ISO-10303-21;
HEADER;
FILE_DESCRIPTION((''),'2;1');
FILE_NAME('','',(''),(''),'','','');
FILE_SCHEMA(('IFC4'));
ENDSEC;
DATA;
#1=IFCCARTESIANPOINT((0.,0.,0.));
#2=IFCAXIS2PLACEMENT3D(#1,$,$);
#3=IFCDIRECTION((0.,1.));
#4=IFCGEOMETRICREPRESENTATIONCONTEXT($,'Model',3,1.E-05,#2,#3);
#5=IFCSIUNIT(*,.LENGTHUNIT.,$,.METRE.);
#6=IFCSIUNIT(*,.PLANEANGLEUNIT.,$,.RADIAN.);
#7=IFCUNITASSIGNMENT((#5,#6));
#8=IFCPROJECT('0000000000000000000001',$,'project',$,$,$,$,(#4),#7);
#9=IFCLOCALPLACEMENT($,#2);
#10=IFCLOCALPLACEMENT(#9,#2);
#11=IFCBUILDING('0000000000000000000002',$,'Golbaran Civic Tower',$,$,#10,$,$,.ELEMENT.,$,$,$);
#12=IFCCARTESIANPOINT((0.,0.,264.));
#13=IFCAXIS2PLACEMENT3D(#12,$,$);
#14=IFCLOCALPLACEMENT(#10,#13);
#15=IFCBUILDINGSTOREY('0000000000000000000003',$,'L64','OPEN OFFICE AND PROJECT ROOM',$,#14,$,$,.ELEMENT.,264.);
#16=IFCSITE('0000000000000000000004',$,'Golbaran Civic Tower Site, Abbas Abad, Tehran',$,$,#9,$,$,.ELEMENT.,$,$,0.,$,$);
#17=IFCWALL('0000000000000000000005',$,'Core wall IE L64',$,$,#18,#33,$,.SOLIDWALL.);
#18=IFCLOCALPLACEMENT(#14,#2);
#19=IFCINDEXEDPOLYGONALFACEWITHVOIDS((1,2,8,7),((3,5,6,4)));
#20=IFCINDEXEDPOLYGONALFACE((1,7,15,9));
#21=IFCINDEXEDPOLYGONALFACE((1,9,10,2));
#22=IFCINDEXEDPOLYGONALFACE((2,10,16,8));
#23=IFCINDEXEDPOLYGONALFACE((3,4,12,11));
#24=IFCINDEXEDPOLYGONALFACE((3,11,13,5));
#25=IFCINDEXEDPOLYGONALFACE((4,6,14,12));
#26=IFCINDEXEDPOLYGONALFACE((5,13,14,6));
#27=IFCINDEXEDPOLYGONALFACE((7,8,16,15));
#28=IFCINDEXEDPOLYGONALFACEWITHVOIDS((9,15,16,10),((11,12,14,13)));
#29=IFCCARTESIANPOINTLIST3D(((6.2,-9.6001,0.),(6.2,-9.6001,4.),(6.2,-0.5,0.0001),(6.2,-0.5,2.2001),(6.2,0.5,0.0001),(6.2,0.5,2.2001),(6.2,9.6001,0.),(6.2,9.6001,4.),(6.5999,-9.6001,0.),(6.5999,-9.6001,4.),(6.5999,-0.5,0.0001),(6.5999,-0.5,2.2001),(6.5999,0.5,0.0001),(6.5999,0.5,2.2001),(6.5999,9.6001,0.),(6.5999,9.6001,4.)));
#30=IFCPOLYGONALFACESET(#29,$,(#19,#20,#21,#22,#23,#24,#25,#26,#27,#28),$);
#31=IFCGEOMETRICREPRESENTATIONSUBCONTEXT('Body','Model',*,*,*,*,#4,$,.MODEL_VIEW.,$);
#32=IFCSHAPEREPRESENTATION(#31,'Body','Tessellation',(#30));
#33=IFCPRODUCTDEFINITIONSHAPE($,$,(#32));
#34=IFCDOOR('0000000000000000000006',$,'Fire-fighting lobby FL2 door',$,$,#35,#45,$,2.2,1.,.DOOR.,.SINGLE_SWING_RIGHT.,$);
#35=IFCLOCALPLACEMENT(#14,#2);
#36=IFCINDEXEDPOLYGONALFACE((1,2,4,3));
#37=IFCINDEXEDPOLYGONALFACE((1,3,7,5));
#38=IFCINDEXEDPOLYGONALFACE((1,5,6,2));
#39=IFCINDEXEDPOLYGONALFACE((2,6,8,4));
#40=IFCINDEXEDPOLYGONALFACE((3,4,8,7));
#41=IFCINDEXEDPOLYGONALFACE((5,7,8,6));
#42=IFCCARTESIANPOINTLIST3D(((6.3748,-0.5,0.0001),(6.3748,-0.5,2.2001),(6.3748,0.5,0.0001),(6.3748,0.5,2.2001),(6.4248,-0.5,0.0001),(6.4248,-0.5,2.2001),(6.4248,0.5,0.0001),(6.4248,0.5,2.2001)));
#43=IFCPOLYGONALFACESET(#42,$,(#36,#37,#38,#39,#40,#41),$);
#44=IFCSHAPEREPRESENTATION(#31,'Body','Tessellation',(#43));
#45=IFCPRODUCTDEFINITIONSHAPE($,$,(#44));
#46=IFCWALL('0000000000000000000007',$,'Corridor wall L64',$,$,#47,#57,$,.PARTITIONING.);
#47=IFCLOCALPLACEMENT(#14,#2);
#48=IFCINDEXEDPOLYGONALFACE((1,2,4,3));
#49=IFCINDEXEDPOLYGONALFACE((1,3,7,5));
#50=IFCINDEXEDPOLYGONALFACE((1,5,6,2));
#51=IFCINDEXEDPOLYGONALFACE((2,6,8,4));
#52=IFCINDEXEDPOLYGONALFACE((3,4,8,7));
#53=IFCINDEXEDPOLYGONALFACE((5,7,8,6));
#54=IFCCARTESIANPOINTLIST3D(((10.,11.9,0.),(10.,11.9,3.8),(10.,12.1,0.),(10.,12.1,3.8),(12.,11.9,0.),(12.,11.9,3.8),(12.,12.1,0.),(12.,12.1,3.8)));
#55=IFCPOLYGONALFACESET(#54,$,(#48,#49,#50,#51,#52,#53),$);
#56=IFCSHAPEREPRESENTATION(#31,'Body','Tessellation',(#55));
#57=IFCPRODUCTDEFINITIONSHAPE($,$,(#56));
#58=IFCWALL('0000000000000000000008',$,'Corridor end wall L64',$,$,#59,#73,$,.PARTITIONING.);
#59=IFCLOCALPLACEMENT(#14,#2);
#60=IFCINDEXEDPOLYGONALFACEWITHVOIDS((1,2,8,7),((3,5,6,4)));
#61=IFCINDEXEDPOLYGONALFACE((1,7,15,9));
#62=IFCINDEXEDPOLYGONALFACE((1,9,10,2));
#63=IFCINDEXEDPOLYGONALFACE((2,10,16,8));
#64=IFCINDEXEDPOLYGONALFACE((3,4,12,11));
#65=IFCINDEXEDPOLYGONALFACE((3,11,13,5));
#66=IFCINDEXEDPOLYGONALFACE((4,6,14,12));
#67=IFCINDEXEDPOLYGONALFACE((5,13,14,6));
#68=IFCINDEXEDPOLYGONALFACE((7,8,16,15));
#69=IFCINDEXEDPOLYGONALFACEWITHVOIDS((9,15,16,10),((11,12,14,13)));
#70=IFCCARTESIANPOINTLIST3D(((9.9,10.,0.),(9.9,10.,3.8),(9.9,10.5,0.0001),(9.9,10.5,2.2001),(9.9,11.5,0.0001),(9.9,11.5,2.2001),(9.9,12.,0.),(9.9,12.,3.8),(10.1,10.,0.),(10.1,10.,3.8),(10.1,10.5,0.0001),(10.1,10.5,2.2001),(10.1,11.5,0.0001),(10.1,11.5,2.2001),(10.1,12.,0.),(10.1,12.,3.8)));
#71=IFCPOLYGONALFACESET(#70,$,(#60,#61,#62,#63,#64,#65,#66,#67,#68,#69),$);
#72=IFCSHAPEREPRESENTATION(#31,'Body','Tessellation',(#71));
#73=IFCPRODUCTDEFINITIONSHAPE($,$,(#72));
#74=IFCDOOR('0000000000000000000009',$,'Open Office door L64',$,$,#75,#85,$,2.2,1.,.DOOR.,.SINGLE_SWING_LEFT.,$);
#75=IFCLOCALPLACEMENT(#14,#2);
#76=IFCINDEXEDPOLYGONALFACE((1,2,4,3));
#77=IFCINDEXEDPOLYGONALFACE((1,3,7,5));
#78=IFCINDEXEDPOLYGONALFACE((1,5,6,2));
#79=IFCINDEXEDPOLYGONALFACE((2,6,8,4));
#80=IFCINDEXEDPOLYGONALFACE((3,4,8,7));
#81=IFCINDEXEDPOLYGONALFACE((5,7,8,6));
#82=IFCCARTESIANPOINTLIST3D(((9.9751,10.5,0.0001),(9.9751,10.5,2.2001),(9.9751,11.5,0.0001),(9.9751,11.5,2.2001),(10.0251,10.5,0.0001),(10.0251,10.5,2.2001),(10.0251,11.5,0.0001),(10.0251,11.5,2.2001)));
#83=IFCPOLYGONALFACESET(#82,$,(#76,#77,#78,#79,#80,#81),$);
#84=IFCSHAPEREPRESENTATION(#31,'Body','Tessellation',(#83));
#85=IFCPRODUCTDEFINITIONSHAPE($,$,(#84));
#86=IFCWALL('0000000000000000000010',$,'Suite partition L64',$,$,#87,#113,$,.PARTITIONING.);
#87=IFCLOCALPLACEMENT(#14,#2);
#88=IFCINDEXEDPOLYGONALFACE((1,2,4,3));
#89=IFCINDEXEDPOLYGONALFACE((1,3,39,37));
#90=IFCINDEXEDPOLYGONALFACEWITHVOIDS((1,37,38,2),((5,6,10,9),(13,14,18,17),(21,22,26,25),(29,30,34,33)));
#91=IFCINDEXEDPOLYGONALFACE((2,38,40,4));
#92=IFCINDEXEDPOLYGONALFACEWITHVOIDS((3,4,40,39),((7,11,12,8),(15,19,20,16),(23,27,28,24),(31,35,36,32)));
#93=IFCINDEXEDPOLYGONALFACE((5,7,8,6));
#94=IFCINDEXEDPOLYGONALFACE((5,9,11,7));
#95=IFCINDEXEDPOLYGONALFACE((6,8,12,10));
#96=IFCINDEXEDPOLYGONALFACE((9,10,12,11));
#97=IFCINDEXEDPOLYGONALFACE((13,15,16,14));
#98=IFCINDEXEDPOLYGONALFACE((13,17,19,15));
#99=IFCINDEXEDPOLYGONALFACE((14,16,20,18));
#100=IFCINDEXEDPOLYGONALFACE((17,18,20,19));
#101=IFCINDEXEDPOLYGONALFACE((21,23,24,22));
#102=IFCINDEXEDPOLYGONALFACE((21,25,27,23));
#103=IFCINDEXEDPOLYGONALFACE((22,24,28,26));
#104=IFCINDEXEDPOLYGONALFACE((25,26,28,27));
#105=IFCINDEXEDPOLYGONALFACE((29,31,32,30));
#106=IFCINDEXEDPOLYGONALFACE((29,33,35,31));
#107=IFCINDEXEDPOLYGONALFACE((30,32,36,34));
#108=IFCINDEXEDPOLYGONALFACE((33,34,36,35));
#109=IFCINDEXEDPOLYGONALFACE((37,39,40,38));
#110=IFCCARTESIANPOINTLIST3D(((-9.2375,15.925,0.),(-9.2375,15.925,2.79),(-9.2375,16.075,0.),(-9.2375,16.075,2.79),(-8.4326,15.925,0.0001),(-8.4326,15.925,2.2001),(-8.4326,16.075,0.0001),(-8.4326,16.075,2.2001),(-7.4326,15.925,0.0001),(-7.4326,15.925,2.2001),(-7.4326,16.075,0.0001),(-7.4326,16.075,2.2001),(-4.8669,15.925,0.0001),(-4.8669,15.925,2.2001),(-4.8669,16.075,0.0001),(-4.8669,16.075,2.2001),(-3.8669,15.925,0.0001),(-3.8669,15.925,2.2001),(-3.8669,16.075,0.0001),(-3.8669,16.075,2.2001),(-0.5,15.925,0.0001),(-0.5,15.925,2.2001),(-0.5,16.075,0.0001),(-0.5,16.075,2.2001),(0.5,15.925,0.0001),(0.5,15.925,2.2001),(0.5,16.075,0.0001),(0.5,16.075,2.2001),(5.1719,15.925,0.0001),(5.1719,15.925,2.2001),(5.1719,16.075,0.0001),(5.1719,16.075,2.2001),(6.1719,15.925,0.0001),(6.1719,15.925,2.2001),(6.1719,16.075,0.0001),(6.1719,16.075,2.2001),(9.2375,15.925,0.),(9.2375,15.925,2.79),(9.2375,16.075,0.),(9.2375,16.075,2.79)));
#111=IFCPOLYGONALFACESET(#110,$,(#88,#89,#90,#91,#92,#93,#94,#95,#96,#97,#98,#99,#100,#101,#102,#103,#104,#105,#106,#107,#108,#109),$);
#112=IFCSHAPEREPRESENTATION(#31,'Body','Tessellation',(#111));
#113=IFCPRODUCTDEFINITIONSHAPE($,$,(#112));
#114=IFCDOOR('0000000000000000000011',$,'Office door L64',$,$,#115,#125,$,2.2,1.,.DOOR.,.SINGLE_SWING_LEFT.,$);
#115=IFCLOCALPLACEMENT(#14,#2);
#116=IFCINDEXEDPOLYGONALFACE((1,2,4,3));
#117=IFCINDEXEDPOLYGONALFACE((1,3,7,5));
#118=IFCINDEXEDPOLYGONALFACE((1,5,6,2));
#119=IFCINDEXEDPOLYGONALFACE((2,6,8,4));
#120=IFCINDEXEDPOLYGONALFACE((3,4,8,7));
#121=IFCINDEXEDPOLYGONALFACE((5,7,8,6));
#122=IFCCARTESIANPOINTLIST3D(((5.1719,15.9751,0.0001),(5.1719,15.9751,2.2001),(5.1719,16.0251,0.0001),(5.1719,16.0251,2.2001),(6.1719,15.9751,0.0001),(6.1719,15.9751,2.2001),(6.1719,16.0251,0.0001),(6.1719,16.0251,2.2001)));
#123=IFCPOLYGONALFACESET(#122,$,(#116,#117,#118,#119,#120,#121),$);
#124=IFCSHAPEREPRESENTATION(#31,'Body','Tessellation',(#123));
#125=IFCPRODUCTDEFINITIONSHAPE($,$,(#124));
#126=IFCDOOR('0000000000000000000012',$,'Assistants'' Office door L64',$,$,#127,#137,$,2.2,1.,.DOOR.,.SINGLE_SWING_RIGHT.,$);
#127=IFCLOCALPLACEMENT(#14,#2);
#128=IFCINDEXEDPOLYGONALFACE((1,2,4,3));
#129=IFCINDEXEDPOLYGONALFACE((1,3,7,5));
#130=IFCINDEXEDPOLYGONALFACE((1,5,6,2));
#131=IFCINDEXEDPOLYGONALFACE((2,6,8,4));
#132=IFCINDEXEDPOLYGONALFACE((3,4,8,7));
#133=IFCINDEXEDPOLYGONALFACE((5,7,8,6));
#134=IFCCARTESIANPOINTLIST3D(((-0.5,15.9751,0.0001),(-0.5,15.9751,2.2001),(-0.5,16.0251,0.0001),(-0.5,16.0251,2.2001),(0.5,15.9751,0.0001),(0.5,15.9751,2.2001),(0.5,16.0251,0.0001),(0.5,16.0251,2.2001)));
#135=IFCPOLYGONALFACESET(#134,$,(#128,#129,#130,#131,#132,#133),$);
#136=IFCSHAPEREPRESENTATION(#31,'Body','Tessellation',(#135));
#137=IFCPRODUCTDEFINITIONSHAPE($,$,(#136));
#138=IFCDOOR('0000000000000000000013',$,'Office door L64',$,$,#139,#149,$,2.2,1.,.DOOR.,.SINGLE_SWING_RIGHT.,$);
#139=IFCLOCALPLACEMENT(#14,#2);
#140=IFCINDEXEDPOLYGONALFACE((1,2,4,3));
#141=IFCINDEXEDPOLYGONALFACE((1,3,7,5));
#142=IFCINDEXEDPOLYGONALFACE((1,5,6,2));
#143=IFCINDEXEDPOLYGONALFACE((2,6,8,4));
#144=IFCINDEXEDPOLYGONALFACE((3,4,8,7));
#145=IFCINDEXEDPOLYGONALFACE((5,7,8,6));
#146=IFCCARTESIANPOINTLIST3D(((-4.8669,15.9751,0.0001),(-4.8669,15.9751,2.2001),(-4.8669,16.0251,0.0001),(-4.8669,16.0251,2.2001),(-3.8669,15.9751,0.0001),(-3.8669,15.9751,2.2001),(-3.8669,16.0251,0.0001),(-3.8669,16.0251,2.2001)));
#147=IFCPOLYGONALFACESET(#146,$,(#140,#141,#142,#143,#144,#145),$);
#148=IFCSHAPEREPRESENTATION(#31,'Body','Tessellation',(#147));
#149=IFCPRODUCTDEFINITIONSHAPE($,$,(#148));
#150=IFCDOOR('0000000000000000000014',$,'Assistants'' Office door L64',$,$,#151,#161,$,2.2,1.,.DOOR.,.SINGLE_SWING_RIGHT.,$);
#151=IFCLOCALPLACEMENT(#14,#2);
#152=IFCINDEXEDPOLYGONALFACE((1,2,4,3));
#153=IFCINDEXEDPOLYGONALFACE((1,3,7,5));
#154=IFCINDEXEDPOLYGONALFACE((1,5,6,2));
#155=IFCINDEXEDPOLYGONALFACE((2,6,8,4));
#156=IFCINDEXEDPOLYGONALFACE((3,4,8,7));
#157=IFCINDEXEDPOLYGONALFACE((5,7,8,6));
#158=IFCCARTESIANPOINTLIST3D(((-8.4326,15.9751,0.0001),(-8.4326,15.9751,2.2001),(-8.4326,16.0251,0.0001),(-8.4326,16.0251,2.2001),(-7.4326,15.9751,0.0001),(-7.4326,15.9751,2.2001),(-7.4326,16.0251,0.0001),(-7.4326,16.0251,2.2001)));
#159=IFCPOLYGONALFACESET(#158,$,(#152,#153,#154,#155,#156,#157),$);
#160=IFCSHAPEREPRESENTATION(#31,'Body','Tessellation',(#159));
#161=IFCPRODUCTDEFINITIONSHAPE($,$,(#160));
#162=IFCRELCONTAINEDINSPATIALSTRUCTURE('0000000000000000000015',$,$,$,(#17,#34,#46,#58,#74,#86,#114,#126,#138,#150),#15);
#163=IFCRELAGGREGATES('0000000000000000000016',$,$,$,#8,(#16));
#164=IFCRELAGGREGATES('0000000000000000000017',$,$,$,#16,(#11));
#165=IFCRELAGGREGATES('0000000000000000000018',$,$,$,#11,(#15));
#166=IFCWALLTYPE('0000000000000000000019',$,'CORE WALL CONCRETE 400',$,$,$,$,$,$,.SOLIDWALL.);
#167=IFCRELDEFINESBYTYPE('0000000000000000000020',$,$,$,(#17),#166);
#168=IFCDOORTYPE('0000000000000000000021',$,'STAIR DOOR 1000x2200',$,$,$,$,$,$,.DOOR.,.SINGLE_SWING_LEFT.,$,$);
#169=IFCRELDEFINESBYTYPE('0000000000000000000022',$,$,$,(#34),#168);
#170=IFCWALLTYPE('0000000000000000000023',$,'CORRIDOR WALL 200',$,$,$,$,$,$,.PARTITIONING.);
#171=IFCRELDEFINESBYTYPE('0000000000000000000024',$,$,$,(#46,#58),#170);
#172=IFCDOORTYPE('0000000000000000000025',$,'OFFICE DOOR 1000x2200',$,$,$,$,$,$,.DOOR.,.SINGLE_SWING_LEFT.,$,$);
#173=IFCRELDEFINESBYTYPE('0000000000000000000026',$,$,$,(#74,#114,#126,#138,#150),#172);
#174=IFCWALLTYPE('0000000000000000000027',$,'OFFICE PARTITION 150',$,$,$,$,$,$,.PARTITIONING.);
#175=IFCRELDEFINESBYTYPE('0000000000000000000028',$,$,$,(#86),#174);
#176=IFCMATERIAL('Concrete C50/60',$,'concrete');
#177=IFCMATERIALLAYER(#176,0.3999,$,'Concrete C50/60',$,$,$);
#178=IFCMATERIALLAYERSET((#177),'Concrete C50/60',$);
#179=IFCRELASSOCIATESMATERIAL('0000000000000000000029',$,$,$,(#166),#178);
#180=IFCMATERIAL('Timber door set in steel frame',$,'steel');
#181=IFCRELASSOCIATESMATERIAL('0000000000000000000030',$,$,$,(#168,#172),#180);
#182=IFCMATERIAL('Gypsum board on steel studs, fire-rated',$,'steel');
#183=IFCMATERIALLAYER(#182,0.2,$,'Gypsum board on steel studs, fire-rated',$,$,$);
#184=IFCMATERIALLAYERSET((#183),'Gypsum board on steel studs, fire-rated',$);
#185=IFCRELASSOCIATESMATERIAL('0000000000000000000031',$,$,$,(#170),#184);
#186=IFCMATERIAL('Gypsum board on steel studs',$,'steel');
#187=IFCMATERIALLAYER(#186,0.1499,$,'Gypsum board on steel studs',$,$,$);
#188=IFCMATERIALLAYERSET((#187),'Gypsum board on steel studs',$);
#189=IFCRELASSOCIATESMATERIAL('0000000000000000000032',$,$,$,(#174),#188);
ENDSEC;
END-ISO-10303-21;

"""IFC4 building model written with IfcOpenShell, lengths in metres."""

from ifc_helpers import new_model, si_unit, direction, frame, frame_2d, origin, place, context, subcontext, project, spatial, rectangle, extrude, material, layer, layer_set, type_object, element, fill, save


model = new_model("IFC4")

# Units and contexts
model_context = context("Model", 3, precision=1e-05, world=origin(), true_north=direction((0.0, 1.0)))
body_context = subcontext(model_context, "Body", "Model", "MODEL_VIEW")
ifc_project = project(units=[si_unit("LENGTHUNIT", "METRE"), si_unit("PLANEANGLEUNIT", "RADIAN")], contexts=[model_context])

# Site, building, storey
site_placement = place(None, origin())
site = spatial("IfcSite", under=ifc_project, at=site_placement, Name="Golbaran Civic Tower Site, Abbas Abad, Tehran", CompositionType="ELEMENT", RefElevation=0.0)
building_placement = place(site_placement, origin())
building = spatial("IfcBuilding", under=site, at=building_placement, Name="Golbaran Civic Tower", CompositionType="ELEMENT")
storey_placement = place(building_placement, frame((0.0, 0.0, 264.0)))
storey = spatial("IfcBuildingStorey", under=building, at=storey_placement, Name="L64", Description="OPEN OFFICE AND PROJECT ROOM", CompositionType="ELEMENT", Elevation=264.0)

# Wall, opening, door
ifc_material_1 = material(Name="Concrete C50/60", Category="concrete")
ifc_layer_1 = layer(ifc_material_1, 0.3999, Name="Concrete C50/60")
ifc_layer_set_1 = layer_set([ifc_layer_1], Name="Concrete C50/60")
wall_type_1 = type_object("IfcWallType", Name="CORE WALL CONCRETE 400", PredefinedType="SOLIDWALL", material=ifc_layer_set_1)
wall_1_placement = place(storey_placement, frame((6.3999, 9.6001, 0.0), z_axis=(0.0, 0.0, 1.0), x_axis=(0.0, -1.0, 0.0)))
wall_1 = element("IfcWall", 1, at=wall_1_placement, inside=storey, type_object=wall_type_1, Name="Core wall IE L64", PredefinedType="SOLIDWALL", context=body_context, shape_type="SweptSolid", body=[
    extrude(rectangle(XDim=19.2002, YDim=0.3999, at=frame_2d((9.6001, 0.0))), origin(), (0.0, 0.0, 1.0), 4.0),
])
opening_1_placement = place(wall_1_placement, frame((9.1001, 0.0, 0.0)))
opening_1 = element("IfcOpeningElement", 2, at=opening_1_placement, cuts=wall_1, PredefinedType="OPENING", context=body_context, shape_type="SweptSolid", body=[
    extrude(rectangle(XDim=1.0, YDim=2.2, at=frame_2d((0.5, 1.1001))), frame((0.0, 0.21, 0.0), z_axis=(0.0, -1.0, 0.0), x_axis=(1.0, 0.0, 0.0)), (0.0, 0.0, 1.0), 0.4199),
])
ifc_material_2 = material(Name="Timber door set in steel frame", Category="steel")
door_type_1 = type_object("IfcDoorType", Name="STAIR DOOR 1000x2200", OperationType="SINGLE_SWING_LEFT", PredefinedType="DOOR", material=ifc_material_2)
door_1_placement = place(opening_1_placement, origin())
door_1 = element("IfcDoor", 3, at=door_1_placement, inside=storey, type_object=door_type_1, Name="Fire-fighting lobby FL2 door", OperationType="SINGLE_SWING_RIGHT", OverallHeight=2.2, OverallWidth=1.0, PredefinedType="DOOR", context=body_context, shape_type="SweptSolid", body=[
    extrude(rectangle(XDim=1.0, YDim=2.2, at=frame_2d((0.5, 1.1001))), frame((0.0, 0.0249, 0.0), z_axis=(0.0, -1.0, 0.0), x_axis=(1.0, 0.0, 0.0)), (0.0, 0.0, 1.0), 0.05),
])
fill(opening_1, door_1)

# Wall
ifc_material_3 = material(Name="Gypsum board on steel studs, fire-rated", Category="steel")
ifc_layer_2 = layer(ifc_material_3, 0.2, Name="Gypsum board on steel studs, fire-rated")
ifc_layer_set_2 = layer_set([ifc_layer_2], Name="Gypsum board on steel studs, fire-rated")
wall_type_2 = type_object("IfcWallType", Name="CORRIDOR WALL 200", PredefinedType="PARTITIONING", material=ifc_layer_set_2)
wall_2_placement = place(storey_placement, frame((12.0, 12.0, 0.0), z_axis=(0.0, 0.0, 1.0), x_axis=(-1.0, 0.0, 0.0)))
element("IfcWall", 4, at=wall_2_placement, inside=storey, type_object=wall_type_2, Name="Corridor wall L64", PredefinedType="PARTITIONING", context=body_context, shape_type="SweptSolid", body=[
    extrude(rectangle(XDim=2.0, YDim=0.2, at=frame_2d((1.0, 0.0))), origin(), (0.0, 0.0, 1.0), 3.8),
])

# Wall, opening, door
wall_3_placement = place(storey_placement, frame((10.0, 10.0, 0.0), z_axis=(0.0, 0.0, 1.0), x_axis=(0.0, 1.0, 0.0)))
wall_3 = element("IfcWall", 5, at=wall_3_placement, inside=storey, type_object=wall_type_2, Name="Corridor end wall L64", PredefinedType="PARTITIONING", context=body_context, shape_type="SweptSolid", body=[
    extrude(rectangle(XDim=2.0, YDim=0.2, at=frame_2d((1.0, 0.0))), origin(), (0.0, 0.0, 1.0), 3.8),
])
opening_2_placement = place(wall_3_placement, frame((0.5, 0.0, 0.0)))
opening_2 = element("IfcOpeningElement", 6, at=opening_2_placement, cuts=wall_3, PredefinedType="OPENING", context=body_context, shape_type="SweptSolid", body=[
    extrude(rectangle(XDim=1.0, YDim=2.2, at=frame_2d((0.5, 1.1001))), frame((0.0, 0.1099, 0.0), z_axis=(0.0, -1.0, 0.0), x_axis=(1.0, 0.0, 0.0)), (0.0, 0.0, 1.0), 0.22),
])
door_type_2 = type_object("IfcDoorType", Name="OFFICE DOOR 1000x2200", OperationType="SINGLE_SWING_LEFT", PredefinedType="DOOR", material=ifc_material_2)
door_2_placement = place(opening_2_placement, origin())
door_2 = element("IfcDoor", 7, at=door_2_placement, inside=storey, type_object=door_type_2, Name="Open Office door L64", OperationType="SINGLE_SWING_LEFT", OverallHeight=2.2, OverallWidth=1.0, PredefinedType="DOOR", context=body_context, shape_type="SweptSolid", body=[
    extrude(rectangle(XDim=1.0, YDim=2.2, at=frame_2d((0.5, 1.1001))), frame((0.0, 0.0249, 0.0), z_axis=(0.0, -1.0, 0.0), x_axis=(1.0, 0.0, 0.0)), (0.0, 0.0, 1.0), 0.05),
])
fill(opening_2, door_2)

# Wall, openings, doors
ifc_material_4 = material(Name="Gypsum board on steel studs", Category="steel")
ifc_layer_3 = layer(ifc_material_4, 0.1499, Name="Gypsum board on steel studs")
ifc_layer_set_3 = layer_set([ifc_layer_3], Name="Gypsum board on steel studs")
wall_type_3 = type_object("IfcWallType", Name="OFFICE PARTITION 150", PredefinedType="PARTITIONING", material=ifc_layer_set_3)
wall_4_placement = place(storey_placement, frame((9.2375, 16.0, 0.0), z_axis=(0.0, 0.0, 1.0), x_axis=(-1.0, 0.0, 0.0)))
wall_4 = element("IfcWall", 8, at=wall_4_placement, inside=storey, type_object=wall_type_3, Name="Suite partition L64", PredefinedType="PARTITIONING", context=body_context, shape_type="SweptSolid", body=[
    extrude(rectangle(XDim=18.4751, YDim=0.1499, at=frame_2d((9.2375, 0.0))), origin(), (0.0, 0.0, 1.0), 2.79),
])
opening_3_placement = place(wall_4_placement, frame((3.0657, 0.0, 0.0)))
opening_3 = element("IfcOpeningElement", 9, at=opening_3_placement, cuts=wall_4, PredefinedType="OPENING", context=body_context, shape_type="SweptSolid", body=[
    extrude(rectangle(XDim=1.0, YDim=2.2, at=frame_2d((0.5, 1.1001))), frame((0.0, 0.085, 0.0), z_axis=(0.0, -1.0, 0.0), x_axis=(1.0, 0.0, 0.0)), (0.0, 0.0, 1.0), 0.1699),
])
opening_4_placement = place(wall_4_placement, frame((8.7375, 0.0, 0.0)))
opening_4 = element("IfcOpeningElement", 10, at=opening_4_placement, cuts=wall_4, PredefinedType="OPENING", context=body_context, shape_type="SweptSolid", body=[
    extrude(rectangle(XDim=1.0, YDim=2.2, at=frame_2d((0.5, 1.1001))), frame((0.0, 0.085, 0.0), z_axis=(0.0, -1.0, 0.0), x_axis=(1.0, 0.0, 0.0)), (0.0, 0.0, 1.0), 0.1699),
])
opening_5_placement = place(wall_4_placement, frame((13.1045, 0.0, 0.0)))
opening_5 = element("IfcOpeningElement", 11, at=opening_5_placement, cuts=wall_4, PredefinedType="OPENING", context=body_context, shape_type="SweptSolid", body=[
    extrude(rectangle(XDim=1.0, YDim=2.2, at=frame_2d((0.5, 1.1001))), frame((0.0, 0.085, 0.0), z_axis=(0.0, -1.0, 0.0), x_axis=(1.0, 0.0, 0.0)), (0.0, 0.0, 1.0), 0.1699),
])
opening_6_placement = place(wall_4_placement, frame((16.6702, 0.0, 0.0)))
opening_6 = element("IfcOpeningElement", 12, at=opening_6_placement, cuts=wall_4, PredefinedType="OPENING", context=body_context, shape_type="SweptSolid", body=[
    extrude(rectangle(XDim=1.0, YDim=2.2, at=frame_2d((0.5, 1.1001))), frame((0.0, 0.085, 0.0), z_axis=(0.0, -1.0, 0.0), x_axis=(1.0, 0.0, 0.0)), (0.0, 0.0, 1.0), 0.1699),
])
door_3_placement = place(opening_3_placement, origin())
door_3 = element("IfcDoor", 13, at=door_3_placement, inside=storey, type_object=door_type_2, Name="Office door L64", OperationType="SINGLE_SWING_LEFT", OverallHeight=2.2, OverallWidth=1.0, PredefinedType="DOOR", context=body_context, shape_type="SweptSolid", body=[
    extrude(rectangle(XDim=1.0, YDim=2.2, at=frame_2d((0.5, 1.1001))), frame((0.0, 0.0249, 0.0), z_axis=(0.0, -1.0, 0.0), x_axis=(1.0, 0.0, 0.0)), (0.0, 0.0, 1.0), 0.05),
])
fill(opening_3, door_3)
door_4_placement = place(opening_4_placement, origin())
door_4 = element("IfcDoor", 14, at=door_4_placement, inside=storey, type_object=door_type_2, Name="Assistants' Office door L64", OperationType="SINGLE_SWING_RIGHT", OverallHeight=2.2, OverallWidth=1.0, PredefinedType="DOOR", context=body_context, shape_type="SweptSolid", body=[
    extrude(rectangle(XDim=1.0, YDim=2.2, at=frame_2d((0.5, 1.1001))), frame((0.0, 0.0249, 0.0), z_axis=(0.0, -1.0, 0.0), x_axis=(1.0, 0.0, 0.0)), (0.0, 0.0, 1.0), 0.05),
])
fill(opening_4, door_4)
door_5_placement = place(opening_5_placement, origin())
door_5 = element("IfcDoor", 15, at=door_5_placement, inside=storey, type_object=door_type_2, Name="Office door L64", OperationType="SINGLE_SWING_RIGHT", OverallHeight=2.2, OverallWidth=1.0, PredefinedType="DOOR", context=body_context, shape_type="SweptSolid", body=[
    extrude(rectangle(XDim=1.0, YDim=2.2, at=frame_2d((0.5, 1.1001))), frame((0.0, 0.0249, 0.0), z_axis=(0.0, -1.0, 0.0), x_axis=(1.0, 0.0, 0.0)), (0.0, 0.0, 1.0), 0.05),
])
fill(opening_5, door_5)
door_6_placement = place(opening_6_placement, origin())
door_6 = element("IfcDoor", 16, at=door_6_placement, inside=storey, type_object=door_type_2, Name="Assistants' Office door L64", OperationType="SINGLE_SWING_RIGHT", OverallHeight=2.2, OverallWidth=1.0, PredefinedType="DOOR", context=body_context, shape_type="SweptSolid", body=[
    extrude(rectangle(XDim=1.0, YDim=2.2, at=frame_2d((0.5, 1.1001))), frame((0.0, 0.0249, 0.0), z_axis=(0.0, -1.0, 0.0), x_axis=(1.0, 0.0, 0.0)), (0.0, 0.0, 1.0), 0.05),
])
fill(opening_6, door_6)

save(model, "model.ifc")
